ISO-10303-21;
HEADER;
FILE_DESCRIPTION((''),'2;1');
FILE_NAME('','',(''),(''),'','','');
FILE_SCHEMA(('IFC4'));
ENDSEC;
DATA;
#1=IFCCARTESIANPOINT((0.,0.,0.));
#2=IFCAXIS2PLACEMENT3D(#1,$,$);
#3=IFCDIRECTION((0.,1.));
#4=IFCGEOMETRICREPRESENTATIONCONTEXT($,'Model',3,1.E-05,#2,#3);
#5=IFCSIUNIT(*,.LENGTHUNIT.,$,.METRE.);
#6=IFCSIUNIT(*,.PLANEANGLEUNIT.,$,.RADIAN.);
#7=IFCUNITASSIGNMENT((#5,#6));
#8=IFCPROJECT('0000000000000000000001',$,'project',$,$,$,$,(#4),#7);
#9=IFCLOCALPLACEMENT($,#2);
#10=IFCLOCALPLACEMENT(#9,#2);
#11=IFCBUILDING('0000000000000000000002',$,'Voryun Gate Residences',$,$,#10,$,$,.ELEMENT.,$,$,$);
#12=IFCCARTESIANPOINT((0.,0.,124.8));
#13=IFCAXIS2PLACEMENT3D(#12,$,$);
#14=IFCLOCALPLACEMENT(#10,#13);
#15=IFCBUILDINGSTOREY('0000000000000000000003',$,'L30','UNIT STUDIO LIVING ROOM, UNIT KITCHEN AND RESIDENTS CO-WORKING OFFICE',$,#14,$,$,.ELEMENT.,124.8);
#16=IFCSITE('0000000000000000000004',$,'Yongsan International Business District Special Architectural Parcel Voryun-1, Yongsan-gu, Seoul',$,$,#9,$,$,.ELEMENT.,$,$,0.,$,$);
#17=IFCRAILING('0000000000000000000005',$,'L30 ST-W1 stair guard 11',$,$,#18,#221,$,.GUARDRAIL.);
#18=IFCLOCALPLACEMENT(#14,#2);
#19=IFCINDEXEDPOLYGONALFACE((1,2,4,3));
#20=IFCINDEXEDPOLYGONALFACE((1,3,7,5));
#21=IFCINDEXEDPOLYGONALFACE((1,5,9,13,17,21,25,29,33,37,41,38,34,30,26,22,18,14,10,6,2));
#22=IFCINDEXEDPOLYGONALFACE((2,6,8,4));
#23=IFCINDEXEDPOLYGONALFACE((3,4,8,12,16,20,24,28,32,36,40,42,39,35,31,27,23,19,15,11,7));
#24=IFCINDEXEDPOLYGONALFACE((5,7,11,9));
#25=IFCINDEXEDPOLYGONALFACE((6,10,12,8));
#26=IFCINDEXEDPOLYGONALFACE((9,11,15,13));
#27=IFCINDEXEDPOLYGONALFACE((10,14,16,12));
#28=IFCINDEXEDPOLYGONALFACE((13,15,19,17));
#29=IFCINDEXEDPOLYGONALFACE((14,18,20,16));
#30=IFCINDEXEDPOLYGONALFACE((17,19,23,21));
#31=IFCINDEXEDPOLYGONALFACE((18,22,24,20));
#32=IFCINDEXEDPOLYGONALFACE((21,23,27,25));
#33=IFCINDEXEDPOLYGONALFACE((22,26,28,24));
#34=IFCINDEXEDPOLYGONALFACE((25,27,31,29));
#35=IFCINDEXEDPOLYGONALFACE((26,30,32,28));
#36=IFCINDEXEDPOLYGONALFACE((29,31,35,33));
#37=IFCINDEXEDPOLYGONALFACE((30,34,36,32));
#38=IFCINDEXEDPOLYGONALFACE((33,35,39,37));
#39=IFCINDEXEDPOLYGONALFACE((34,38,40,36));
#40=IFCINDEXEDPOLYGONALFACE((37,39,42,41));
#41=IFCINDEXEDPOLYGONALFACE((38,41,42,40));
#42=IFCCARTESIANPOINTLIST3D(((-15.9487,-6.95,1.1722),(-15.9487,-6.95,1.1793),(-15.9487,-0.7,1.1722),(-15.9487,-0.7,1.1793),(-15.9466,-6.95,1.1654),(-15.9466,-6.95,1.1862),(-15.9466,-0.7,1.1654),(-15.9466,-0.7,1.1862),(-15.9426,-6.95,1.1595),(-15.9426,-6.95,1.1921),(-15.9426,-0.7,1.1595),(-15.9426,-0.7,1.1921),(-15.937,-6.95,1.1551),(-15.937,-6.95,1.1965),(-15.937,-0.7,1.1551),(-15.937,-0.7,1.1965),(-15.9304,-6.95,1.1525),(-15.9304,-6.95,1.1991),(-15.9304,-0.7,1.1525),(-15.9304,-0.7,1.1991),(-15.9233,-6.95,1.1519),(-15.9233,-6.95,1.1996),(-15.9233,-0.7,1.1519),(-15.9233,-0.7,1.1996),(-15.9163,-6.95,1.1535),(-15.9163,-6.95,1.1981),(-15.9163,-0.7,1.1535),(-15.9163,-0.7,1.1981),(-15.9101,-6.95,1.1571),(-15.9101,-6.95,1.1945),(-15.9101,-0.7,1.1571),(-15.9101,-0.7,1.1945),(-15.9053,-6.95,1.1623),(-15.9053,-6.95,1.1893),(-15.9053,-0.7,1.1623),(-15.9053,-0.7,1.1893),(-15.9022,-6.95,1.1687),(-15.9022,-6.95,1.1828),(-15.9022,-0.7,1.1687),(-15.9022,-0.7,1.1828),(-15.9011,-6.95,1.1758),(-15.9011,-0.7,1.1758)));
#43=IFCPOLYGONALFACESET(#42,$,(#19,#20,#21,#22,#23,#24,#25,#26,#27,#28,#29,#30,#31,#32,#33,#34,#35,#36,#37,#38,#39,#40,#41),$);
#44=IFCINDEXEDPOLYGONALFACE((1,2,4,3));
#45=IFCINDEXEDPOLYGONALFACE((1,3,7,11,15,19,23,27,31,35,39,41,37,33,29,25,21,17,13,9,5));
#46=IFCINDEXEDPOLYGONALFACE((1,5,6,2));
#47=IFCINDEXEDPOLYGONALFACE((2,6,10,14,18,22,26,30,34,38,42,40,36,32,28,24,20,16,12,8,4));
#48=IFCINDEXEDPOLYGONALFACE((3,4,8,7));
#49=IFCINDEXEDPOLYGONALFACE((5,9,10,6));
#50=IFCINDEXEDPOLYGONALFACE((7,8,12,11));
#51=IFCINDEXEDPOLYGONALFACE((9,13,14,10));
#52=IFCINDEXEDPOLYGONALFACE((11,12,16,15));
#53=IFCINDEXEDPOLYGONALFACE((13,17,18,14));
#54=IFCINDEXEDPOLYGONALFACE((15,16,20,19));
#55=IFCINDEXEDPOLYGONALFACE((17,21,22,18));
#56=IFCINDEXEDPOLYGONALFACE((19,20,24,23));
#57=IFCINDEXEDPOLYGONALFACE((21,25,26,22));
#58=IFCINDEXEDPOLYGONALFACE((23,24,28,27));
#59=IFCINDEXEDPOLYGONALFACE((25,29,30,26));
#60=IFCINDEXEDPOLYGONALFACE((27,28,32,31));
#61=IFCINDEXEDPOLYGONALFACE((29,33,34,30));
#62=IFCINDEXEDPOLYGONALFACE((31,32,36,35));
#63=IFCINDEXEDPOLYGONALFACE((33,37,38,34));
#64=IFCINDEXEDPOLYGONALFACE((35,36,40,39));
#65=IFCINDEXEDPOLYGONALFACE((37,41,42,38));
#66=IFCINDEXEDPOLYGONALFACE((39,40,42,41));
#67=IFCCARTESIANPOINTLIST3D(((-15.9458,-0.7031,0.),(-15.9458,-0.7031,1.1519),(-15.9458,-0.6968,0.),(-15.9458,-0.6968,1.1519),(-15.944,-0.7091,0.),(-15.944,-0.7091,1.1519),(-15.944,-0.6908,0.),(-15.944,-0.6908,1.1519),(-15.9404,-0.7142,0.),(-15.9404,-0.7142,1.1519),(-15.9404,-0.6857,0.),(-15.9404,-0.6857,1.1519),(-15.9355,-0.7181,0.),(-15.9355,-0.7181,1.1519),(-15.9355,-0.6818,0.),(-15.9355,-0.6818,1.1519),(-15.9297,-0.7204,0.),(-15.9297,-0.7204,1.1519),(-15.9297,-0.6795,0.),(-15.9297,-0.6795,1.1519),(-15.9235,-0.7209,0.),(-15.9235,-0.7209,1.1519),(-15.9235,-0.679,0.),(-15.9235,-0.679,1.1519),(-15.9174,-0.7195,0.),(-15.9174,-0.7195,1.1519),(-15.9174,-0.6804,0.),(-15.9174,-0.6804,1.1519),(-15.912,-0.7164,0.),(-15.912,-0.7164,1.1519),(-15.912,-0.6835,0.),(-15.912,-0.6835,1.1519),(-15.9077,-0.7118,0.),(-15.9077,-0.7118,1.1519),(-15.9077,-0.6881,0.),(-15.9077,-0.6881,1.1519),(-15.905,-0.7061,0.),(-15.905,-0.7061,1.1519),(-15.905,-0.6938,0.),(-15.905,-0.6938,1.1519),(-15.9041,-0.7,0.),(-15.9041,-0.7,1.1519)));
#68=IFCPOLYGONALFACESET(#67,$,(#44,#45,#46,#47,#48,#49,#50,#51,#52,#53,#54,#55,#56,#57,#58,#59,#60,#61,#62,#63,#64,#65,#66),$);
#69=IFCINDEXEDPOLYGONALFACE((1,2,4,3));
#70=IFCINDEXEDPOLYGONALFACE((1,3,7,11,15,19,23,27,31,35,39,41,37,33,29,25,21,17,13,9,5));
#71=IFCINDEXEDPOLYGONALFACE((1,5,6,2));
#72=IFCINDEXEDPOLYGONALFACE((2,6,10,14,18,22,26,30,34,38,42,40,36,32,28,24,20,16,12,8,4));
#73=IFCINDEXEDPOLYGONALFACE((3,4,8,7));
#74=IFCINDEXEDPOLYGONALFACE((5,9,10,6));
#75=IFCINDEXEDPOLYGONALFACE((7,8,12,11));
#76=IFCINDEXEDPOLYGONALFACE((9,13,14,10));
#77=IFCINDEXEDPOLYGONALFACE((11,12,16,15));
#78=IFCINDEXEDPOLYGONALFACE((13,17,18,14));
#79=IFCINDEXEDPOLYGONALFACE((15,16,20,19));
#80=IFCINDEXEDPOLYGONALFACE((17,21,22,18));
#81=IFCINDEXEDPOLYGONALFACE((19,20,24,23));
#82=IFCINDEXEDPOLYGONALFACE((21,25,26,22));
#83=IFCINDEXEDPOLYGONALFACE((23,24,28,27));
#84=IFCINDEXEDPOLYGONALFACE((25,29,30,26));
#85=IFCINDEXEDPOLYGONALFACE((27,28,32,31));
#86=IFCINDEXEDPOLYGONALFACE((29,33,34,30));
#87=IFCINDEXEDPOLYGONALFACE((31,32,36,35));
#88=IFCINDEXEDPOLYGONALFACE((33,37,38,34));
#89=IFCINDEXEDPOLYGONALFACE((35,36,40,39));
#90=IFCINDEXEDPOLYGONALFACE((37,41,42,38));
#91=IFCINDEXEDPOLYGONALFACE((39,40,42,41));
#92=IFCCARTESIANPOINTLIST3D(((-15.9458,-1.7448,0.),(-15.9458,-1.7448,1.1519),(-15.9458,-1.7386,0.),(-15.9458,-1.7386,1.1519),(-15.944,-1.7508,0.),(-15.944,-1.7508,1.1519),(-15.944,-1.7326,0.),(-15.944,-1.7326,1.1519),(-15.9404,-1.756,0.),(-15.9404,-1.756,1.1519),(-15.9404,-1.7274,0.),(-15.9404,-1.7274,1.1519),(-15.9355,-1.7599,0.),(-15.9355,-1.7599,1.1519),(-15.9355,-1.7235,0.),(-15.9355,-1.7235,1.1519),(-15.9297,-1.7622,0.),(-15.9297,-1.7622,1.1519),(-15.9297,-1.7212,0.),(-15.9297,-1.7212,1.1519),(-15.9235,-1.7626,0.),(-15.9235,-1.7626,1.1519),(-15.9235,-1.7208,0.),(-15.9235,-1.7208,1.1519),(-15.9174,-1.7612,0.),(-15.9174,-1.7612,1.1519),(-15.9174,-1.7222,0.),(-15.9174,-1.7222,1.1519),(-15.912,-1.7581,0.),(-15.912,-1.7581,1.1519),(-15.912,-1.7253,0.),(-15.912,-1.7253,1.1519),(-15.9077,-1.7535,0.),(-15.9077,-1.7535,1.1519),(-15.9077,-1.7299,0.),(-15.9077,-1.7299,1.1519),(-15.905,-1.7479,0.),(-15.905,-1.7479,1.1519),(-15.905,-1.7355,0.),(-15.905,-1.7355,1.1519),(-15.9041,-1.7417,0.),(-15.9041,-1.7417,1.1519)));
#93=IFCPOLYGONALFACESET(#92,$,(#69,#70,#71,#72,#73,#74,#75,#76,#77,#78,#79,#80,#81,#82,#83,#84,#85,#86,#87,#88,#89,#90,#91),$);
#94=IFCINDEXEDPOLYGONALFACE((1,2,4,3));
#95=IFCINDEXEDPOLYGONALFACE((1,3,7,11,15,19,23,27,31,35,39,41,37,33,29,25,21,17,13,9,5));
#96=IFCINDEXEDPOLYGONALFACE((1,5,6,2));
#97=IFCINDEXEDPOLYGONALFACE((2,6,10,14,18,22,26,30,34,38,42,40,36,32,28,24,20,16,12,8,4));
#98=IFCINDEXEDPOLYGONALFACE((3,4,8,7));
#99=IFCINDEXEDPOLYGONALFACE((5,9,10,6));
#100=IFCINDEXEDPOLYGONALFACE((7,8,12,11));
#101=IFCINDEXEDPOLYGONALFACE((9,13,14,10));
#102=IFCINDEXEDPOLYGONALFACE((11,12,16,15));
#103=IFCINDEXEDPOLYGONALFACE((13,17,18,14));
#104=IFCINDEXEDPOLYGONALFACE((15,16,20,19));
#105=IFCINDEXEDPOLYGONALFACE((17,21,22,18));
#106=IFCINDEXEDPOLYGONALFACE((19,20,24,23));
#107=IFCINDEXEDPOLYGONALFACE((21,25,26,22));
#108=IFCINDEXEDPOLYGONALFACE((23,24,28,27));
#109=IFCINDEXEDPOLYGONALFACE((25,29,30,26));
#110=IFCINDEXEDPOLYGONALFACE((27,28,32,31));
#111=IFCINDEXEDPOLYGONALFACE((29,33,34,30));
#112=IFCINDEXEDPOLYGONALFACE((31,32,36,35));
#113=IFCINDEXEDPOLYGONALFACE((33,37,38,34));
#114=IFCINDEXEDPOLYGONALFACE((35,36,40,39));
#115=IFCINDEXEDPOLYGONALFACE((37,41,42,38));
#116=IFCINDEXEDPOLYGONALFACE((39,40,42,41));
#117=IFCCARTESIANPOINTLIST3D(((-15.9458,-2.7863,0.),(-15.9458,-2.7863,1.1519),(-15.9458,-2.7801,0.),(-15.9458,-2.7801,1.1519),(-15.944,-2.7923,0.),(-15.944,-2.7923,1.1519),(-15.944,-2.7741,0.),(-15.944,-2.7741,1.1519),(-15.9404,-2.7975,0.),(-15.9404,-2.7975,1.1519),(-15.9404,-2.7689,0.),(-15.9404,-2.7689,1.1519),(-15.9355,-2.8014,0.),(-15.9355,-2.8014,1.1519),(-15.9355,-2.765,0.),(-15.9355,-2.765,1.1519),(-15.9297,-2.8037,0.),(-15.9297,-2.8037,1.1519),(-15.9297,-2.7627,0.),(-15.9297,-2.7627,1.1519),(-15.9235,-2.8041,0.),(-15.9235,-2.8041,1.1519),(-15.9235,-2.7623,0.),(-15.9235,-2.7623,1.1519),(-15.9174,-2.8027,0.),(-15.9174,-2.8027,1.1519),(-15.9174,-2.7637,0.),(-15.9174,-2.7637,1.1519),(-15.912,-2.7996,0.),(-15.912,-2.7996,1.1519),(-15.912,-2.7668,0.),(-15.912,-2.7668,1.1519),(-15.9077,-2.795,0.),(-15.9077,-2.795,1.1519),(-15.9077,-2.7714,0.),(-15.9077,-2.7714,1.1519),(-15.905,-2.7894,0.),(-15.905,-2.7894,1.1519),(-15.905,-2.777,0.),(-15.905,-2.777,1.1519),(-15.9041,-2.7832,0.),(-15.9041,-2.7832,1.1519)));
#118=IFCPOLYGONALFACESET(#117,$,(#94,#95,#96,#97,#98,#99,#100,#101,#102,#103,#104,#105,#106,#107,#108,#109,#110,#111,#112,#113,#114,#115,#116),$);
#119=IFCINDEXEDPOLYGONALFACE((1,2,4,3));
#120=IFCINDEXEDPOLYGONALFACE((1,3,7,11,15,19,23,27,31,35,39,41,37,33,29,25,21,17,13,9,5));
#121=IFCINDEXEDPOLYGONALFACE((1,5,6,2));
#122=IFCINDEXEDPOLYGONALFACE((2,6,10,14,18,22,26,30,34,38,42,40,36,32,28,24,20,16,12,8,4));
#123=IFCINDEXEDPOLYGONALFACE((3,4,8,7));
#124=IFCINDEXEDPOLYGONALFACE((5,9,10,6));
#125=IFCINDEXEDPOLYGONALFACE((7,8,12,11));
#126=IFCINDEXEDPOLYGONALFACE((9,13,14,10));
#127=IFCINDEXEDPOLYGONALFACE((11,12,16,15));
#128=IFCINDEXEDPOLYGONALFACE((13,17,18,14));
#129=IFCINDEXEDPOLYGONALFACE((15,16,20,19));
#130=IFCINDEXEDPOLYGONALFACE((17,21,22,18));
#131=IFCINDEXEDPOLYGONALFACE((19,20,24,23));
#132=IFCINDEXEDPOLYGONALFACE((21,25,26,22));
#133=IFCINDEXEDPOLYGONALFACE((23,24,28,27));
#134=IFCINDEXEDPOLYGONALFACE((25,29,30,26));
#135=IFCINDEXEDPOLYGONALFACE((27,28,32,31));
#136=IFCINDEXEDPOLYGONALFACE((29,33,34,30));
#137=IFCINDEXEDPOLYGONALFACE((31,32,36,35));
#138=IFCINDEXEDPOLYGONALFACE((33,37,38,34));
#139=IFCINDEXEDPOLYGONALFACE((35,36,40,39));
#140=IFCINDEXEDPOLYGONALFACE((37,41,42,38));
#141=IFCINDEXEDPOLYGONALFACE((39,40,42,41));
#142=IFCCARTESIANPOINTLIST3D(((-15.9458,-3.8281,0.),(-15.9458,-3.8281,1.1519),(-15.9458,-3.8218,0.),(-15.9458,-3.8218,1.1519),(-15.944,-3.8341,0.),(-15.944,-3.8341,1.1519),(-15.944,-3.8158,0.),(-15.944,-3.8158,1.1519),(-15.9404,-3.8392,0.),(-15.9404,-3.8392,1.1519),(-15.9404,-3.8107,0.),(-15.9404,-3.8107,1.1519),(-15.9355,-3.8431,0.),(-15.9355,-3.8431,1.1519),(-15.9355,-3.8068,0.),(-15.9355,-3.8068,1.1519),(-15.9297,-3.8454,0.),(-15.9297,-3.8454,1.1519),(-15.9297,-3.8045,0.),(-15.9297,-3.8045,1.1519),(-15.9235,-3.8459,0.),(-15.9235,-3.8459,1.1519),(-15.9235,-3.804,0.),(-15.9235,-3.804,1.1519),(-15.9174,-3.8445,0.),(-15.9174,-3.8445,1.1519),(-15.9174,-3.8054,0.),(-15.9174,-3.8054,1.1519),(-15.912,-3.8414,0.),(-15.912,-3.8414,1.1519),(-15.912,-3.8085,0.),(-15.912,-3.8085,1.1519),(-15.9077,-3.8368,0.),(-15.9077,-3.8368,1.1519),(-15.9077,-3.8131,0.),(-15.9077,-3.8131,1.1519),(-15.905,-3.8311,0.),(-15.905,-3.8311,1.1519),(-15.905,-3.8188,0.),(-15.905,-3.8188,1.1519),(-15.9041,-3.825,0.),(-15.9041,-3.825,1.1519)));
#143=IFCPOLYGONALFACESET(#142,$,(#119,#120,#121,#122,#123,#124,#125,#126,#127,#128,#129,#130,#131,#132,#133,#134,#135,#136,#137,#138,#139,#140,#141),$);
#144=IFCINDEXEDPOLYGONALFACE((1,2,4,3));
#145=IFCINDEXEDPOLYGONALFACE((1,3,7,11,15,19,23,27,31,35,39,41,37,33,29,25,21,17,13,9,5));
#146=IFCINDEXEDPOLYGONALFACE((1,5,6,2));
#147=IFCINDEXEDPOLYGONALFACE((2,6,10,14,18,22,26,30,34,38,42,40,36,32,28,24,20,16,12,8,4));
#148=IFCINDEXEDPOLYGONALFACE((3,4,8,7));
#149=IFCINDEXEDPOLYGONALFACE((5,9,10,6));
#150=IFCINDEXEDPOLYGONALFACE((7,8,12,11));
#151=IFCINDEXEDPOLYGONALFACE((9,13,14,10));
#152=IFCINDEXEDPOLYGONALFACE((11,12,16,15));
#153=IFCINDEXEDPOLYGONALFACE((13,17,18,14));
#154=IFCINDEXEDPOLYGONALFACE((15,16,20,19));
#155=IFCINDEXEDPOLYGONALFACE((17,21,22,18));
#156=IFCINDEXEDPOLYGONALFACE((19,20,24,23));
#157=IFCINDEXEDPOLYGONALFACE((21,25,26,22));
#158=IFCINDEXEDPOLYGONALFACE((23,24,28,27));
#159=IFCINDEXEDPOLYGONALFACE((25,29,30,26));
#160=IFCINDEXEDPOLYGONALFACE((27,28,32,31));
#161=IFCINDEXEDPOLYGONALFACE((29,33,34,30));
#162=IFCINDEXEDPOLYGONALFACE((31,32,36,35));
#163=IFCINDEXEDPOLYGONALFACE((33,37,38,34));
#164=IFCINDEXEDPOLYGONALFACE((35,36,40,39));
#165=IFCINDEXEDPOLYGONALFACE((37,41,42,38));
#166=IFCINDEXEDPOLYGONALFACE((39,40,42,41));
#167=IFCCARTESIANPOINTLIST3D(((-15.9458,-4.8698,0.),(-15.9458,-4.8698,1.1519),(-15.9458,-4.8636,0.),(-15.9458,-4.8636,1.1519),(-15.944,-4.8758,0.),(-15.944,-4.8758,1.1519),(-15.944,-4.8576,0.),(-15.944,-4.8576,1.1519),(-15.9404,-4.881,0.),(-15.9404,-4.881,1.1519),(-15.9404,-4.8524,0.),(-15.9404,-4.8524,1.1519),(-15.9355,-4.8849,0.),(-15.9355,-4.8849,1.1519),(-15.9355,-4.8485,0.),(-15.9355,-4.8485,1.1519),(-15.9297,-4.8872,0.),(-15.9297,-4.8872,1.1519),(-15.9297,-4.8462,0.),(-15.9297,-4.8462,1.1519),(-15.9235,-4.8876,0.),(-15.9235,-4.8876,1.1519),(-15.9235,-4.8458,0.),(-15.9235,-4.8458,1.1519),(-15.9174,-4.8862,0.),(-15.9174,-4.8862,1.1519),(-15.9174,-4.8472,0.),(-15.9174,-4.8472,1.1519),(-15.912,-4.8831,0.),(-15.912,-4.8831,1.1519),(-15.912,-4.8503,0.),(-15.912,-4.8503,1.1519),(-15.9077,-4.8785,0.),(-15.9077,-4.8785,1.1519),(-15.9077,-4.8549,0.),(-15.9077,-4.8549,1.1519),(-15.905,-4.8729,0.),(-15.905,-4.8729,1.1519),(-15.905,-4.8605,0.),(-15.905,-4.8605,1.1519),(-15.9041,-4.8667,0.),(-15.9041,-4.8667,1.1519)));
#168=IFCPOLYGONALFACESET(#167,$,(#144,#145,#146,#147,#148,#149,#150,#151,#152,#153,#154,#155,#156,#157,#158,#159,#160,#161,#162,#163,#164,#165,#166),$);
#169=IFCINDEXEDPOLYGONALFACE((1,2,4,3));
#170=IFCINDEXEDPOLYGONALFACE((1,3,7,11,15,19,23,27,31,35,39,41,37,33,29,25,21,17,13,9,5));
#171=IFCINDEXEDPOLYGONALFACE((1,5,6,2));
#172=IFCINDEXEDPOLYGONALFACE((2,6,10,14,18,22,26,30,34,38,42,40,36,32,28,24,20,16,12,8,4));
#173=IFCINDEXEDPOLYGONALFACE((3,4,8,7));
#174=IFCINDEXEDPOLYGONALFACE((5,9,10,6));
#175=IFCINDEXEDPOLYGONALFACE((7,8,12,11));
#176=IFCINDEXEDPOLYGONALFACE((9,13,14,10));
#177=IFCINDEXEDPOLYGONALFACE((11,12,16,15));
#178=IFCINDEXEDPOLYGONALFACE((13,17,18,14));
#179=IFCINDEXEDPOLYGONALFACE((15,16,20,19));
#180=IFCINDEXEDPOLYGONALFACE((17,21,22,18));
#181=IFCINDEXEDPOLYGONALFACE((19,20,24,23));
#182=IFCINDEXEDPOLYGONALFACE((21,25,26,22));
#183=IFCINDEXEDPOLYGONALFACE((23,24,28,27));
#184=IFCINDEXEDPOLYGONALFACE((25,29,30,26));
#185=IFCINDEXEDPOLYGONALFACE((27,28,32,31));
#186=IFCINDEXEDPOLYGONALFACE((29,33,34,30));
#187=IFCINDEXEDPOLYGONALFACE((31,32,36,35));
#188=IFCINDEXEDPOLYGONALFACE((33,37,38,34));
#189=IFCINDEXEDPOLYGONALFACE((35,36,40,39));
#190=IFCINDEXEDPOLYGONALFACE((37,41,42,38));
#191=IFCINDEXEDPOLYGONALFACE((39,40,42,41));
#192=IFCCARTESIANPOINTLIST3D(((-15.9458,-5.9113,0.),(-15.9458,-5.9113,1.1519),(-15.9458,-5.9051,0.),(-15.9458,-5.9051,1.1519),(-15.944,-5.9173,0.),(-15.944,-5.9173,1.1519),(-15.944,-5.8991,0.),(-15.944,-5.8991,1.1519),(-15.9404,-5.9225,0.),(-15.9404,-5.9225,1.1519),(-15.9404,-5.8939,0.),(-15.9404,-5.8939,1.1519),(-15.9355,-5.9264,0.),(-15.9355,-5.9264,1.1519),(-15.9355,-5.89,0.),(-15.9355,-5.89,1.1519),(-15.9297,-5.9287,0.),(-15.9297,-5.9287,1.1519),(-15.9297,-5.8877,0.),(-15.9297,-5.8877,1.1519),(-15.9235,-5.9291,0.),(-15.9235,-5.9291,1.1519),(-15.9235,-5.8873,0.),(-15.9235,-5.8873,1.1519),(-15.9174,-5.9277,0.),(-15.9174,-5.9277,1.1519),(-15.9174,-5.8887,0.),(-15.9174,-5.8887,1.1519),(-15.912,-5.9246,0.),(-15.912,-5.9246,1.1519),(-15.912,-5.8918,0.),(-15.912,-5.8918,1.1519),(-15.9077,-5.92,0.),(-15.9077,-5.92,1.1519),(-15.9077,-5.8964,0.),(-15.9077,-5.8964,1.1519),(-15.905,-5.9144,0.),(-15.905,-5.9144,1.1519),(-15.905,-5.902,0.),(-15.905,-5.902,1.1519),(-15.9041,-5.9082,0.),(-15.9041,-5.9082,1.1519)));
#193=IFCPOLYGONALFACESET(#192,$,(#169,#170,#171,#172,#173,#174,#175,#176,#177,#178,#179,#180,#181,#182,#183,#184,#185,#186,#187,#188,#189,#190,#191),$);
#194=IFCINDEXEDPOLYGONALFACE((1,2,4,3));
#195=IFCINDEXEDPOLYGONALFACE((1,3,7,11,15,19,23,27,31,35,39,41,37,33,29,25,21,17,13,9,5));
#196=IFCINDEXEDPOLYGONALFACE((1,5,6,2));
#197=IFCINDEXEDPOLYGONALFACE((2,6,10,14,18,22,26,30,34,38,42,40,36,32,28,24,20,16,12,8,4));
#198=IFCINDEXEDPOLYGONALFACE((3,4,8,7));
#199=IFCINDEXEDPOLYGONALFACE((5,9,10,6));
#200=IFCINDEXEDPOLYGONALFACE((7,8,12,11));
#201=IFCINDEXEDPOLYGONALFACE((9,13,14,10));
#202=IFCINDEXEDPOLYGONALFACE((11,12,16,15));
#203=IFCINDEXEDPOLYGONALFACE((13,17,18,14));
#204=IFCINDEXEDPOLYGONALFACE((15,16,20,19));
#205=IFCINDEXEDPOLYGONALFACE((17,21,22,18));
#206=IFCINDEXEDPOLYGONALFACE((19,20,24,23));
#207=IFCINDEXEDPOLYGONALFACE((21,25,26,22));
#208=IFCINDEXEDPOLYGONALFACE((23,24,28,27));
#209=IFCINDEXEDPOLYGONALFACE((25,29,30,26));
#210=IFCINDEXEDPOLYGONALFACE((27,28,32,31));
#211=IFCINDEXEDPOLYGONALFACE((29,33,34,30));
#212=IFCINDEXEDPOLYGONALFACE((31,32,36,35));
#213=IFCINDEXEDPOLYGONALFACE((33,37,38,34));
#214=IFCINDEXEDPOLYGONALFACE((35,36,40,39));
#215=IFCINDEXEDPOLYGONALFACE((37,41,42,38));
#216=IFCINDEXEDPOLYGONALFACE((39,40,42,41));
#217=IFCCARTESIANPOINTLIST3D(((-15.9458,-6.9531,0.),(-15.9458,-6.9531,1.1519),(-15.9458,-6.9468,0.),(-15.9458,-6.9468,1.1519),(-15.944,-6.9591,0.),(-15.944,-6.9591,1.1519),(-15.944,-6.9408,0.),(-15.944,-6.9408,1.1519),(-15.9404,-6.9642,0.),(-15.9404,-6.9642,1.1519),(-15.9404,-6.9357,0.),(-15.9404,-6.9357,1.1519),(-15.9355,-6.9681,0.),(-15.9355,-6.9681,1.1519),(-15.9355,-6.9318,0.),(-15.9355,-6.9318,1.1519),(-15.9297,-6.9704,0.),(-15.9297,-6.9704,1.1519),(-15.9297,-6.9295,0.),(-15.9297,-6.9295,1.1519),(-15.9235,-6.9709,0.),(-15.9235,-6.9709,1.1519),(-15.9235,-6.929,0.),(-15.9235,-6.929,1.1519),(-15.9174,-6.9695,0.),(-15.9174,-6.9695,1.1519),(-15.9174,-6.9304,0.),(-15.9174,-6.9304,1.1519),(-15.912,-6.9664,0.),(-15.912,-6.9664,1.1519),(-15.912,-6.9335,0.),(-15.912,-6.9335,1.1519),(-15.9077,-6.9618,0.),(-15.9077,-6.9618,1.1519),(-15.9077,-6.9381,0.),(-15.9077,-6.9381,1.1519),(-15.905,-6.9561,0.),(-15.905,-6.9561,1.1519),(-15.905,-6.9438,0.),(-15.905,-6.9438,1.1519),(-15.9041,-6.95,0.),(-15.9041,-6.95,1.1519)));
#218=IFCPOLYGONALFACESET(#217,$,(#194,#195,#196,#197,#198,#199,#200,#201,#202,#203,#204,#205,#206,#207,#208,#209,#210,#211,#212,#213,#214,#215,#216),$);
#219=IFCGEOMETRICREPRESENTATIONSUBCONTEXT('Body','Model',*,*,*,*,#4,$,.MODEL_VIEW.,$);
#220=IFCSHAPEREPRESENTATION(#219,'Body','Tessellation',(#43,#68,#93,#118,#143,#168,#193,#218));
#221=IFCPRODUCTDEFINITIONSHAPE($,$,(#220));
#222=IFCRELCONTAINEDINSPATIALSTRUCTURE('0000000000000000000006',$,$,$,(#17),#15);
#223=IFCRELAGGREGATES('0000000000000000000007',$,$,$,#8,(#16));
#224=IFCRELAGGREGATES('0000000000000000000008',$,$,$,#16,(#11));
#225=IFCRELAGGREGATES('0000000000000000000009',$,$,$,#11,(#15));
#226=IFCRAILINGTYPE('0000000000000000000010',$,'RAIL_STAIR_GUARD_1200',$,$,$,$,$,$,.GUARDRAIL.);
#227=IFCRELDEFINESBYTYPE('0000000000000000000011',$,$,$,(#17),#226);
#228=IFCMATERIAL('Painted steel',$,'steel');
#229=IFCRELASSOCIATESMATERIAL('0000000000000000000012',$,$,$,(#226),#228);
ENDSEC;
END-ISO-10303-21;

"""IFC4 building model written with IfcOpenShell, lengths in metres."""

from ifc_helpers import new_model, si_unit, direction, frame, origin, origin_2d, place, context, subcontext, project, spatial, circle, extrude, material, type_object, element, save


model = new_model("IFC4")

# Units and contexts
model_context = context("Model", 3, precision=1e-05, world=origin(), true_north=direction((0.0, 1.0)))
body_context = subcontext(model_context, "Body", "Model", "MODEL_VIEW")
ifc_project = project(units=[si_unit("LENGTHUNIT", "METRE"), si_unit("PLANEANGLEUNIT", "RADIAN")], contexts=[model_context])

# Site, building, storey
site_placement = place(None, origin())
site = spatial("IfcSite", under=ifc_project, at=site_placement, Name="Yongsan International Business District Special Architectural Parcel Voryun-1, Yongsan-gu, Seoul", CompositionType="ELEMENT", RefElevation=0.0)
building_placement = place(site_placement, origin())
building = spatial("IfcBuilding", under=site, at=building_placement, Name="Voryun Gate Residences", CompositionType="ELEMENT")
storey_placement = place(building_placement, frame((0.0, 0.0, 124.8)))
storey = spatial("IfcBuildingStorey", under=building, at=storey_placement, Name="L30", Description="UNIT STUDIO LIVING ROOM, UNIT KITCHEN AND RESIDENTS CO-WORKING OFFICE", CompositionType="ELEMENT", Elevation=124.8)

# Railing
ifc_material_1 = material(Name="Painted steel", Category="steel")
railing_type = type_object("IfcRailingType", Name="RAIL_STAIR_GUARD_1200", PredefinedType="GUARDRAIL", material=ifc_material_1)
railing_1_placement = place(storey_placement, frame((-15.925, -0.7, 0.0)))
element("IfcRailing", 1, at=railing_1_placement, inside=storey, type_object=railing_type, Name="L30 ST-W1 stair guard 11", PredefinedType="GUARDRAIL", context=body_context, shape_type="SweptSolid", body=[
    extrude(circle(Radius=0.0239, at=origin_2d()), frame((0.0, 0.0, 1.1758), z_axis=(0.0, -1.0, 0.0), x_axis=(1.0, 0.0, 0.0)), (0.0, 0.0, 1.0), 6.25),
    extrude(circle(Radius=0.021, at=origin_2d()), origin(), (0.0, 0.0, 1.0), 1.1519),
    extrude(circle(Radius=0.021, at=origin_2d()), frame((0.0, -1.0417, 0.0)), (0.0, 0.0, 1.0), 1.1519),
    extrude(circle(Radius=0.021, at=origin_2d()), frame((0.0, -2.0833, 0.0)), (0.0, 0.0, 1.0), 1.1519),
    extrude(circle(Radius=0.021, at=origin_2d()), frame((0.0, -3.125, 0.0)), (0.0, 0.0, 1.0), 1.1519),
    extrude(circle(Radius=0.021, at=origin_2d()), frame((0.0, -4.1667, 0.0)), (0.0, 0.0, 1.0), 1.1519),
    extrude(circle(Radius=0.021, at=origin_2d()), frame((0.0, -5.2083, 0.0)), (0.0, 0.0, 1.0), 1.1519),
    extrude(circle(Radius=0.021, at=origin_2d()), frame((0.0, -6.25, 0.0)), (0.0, 0.0, 1.0), 1.1519),
])

save(model, "model.ifc")
